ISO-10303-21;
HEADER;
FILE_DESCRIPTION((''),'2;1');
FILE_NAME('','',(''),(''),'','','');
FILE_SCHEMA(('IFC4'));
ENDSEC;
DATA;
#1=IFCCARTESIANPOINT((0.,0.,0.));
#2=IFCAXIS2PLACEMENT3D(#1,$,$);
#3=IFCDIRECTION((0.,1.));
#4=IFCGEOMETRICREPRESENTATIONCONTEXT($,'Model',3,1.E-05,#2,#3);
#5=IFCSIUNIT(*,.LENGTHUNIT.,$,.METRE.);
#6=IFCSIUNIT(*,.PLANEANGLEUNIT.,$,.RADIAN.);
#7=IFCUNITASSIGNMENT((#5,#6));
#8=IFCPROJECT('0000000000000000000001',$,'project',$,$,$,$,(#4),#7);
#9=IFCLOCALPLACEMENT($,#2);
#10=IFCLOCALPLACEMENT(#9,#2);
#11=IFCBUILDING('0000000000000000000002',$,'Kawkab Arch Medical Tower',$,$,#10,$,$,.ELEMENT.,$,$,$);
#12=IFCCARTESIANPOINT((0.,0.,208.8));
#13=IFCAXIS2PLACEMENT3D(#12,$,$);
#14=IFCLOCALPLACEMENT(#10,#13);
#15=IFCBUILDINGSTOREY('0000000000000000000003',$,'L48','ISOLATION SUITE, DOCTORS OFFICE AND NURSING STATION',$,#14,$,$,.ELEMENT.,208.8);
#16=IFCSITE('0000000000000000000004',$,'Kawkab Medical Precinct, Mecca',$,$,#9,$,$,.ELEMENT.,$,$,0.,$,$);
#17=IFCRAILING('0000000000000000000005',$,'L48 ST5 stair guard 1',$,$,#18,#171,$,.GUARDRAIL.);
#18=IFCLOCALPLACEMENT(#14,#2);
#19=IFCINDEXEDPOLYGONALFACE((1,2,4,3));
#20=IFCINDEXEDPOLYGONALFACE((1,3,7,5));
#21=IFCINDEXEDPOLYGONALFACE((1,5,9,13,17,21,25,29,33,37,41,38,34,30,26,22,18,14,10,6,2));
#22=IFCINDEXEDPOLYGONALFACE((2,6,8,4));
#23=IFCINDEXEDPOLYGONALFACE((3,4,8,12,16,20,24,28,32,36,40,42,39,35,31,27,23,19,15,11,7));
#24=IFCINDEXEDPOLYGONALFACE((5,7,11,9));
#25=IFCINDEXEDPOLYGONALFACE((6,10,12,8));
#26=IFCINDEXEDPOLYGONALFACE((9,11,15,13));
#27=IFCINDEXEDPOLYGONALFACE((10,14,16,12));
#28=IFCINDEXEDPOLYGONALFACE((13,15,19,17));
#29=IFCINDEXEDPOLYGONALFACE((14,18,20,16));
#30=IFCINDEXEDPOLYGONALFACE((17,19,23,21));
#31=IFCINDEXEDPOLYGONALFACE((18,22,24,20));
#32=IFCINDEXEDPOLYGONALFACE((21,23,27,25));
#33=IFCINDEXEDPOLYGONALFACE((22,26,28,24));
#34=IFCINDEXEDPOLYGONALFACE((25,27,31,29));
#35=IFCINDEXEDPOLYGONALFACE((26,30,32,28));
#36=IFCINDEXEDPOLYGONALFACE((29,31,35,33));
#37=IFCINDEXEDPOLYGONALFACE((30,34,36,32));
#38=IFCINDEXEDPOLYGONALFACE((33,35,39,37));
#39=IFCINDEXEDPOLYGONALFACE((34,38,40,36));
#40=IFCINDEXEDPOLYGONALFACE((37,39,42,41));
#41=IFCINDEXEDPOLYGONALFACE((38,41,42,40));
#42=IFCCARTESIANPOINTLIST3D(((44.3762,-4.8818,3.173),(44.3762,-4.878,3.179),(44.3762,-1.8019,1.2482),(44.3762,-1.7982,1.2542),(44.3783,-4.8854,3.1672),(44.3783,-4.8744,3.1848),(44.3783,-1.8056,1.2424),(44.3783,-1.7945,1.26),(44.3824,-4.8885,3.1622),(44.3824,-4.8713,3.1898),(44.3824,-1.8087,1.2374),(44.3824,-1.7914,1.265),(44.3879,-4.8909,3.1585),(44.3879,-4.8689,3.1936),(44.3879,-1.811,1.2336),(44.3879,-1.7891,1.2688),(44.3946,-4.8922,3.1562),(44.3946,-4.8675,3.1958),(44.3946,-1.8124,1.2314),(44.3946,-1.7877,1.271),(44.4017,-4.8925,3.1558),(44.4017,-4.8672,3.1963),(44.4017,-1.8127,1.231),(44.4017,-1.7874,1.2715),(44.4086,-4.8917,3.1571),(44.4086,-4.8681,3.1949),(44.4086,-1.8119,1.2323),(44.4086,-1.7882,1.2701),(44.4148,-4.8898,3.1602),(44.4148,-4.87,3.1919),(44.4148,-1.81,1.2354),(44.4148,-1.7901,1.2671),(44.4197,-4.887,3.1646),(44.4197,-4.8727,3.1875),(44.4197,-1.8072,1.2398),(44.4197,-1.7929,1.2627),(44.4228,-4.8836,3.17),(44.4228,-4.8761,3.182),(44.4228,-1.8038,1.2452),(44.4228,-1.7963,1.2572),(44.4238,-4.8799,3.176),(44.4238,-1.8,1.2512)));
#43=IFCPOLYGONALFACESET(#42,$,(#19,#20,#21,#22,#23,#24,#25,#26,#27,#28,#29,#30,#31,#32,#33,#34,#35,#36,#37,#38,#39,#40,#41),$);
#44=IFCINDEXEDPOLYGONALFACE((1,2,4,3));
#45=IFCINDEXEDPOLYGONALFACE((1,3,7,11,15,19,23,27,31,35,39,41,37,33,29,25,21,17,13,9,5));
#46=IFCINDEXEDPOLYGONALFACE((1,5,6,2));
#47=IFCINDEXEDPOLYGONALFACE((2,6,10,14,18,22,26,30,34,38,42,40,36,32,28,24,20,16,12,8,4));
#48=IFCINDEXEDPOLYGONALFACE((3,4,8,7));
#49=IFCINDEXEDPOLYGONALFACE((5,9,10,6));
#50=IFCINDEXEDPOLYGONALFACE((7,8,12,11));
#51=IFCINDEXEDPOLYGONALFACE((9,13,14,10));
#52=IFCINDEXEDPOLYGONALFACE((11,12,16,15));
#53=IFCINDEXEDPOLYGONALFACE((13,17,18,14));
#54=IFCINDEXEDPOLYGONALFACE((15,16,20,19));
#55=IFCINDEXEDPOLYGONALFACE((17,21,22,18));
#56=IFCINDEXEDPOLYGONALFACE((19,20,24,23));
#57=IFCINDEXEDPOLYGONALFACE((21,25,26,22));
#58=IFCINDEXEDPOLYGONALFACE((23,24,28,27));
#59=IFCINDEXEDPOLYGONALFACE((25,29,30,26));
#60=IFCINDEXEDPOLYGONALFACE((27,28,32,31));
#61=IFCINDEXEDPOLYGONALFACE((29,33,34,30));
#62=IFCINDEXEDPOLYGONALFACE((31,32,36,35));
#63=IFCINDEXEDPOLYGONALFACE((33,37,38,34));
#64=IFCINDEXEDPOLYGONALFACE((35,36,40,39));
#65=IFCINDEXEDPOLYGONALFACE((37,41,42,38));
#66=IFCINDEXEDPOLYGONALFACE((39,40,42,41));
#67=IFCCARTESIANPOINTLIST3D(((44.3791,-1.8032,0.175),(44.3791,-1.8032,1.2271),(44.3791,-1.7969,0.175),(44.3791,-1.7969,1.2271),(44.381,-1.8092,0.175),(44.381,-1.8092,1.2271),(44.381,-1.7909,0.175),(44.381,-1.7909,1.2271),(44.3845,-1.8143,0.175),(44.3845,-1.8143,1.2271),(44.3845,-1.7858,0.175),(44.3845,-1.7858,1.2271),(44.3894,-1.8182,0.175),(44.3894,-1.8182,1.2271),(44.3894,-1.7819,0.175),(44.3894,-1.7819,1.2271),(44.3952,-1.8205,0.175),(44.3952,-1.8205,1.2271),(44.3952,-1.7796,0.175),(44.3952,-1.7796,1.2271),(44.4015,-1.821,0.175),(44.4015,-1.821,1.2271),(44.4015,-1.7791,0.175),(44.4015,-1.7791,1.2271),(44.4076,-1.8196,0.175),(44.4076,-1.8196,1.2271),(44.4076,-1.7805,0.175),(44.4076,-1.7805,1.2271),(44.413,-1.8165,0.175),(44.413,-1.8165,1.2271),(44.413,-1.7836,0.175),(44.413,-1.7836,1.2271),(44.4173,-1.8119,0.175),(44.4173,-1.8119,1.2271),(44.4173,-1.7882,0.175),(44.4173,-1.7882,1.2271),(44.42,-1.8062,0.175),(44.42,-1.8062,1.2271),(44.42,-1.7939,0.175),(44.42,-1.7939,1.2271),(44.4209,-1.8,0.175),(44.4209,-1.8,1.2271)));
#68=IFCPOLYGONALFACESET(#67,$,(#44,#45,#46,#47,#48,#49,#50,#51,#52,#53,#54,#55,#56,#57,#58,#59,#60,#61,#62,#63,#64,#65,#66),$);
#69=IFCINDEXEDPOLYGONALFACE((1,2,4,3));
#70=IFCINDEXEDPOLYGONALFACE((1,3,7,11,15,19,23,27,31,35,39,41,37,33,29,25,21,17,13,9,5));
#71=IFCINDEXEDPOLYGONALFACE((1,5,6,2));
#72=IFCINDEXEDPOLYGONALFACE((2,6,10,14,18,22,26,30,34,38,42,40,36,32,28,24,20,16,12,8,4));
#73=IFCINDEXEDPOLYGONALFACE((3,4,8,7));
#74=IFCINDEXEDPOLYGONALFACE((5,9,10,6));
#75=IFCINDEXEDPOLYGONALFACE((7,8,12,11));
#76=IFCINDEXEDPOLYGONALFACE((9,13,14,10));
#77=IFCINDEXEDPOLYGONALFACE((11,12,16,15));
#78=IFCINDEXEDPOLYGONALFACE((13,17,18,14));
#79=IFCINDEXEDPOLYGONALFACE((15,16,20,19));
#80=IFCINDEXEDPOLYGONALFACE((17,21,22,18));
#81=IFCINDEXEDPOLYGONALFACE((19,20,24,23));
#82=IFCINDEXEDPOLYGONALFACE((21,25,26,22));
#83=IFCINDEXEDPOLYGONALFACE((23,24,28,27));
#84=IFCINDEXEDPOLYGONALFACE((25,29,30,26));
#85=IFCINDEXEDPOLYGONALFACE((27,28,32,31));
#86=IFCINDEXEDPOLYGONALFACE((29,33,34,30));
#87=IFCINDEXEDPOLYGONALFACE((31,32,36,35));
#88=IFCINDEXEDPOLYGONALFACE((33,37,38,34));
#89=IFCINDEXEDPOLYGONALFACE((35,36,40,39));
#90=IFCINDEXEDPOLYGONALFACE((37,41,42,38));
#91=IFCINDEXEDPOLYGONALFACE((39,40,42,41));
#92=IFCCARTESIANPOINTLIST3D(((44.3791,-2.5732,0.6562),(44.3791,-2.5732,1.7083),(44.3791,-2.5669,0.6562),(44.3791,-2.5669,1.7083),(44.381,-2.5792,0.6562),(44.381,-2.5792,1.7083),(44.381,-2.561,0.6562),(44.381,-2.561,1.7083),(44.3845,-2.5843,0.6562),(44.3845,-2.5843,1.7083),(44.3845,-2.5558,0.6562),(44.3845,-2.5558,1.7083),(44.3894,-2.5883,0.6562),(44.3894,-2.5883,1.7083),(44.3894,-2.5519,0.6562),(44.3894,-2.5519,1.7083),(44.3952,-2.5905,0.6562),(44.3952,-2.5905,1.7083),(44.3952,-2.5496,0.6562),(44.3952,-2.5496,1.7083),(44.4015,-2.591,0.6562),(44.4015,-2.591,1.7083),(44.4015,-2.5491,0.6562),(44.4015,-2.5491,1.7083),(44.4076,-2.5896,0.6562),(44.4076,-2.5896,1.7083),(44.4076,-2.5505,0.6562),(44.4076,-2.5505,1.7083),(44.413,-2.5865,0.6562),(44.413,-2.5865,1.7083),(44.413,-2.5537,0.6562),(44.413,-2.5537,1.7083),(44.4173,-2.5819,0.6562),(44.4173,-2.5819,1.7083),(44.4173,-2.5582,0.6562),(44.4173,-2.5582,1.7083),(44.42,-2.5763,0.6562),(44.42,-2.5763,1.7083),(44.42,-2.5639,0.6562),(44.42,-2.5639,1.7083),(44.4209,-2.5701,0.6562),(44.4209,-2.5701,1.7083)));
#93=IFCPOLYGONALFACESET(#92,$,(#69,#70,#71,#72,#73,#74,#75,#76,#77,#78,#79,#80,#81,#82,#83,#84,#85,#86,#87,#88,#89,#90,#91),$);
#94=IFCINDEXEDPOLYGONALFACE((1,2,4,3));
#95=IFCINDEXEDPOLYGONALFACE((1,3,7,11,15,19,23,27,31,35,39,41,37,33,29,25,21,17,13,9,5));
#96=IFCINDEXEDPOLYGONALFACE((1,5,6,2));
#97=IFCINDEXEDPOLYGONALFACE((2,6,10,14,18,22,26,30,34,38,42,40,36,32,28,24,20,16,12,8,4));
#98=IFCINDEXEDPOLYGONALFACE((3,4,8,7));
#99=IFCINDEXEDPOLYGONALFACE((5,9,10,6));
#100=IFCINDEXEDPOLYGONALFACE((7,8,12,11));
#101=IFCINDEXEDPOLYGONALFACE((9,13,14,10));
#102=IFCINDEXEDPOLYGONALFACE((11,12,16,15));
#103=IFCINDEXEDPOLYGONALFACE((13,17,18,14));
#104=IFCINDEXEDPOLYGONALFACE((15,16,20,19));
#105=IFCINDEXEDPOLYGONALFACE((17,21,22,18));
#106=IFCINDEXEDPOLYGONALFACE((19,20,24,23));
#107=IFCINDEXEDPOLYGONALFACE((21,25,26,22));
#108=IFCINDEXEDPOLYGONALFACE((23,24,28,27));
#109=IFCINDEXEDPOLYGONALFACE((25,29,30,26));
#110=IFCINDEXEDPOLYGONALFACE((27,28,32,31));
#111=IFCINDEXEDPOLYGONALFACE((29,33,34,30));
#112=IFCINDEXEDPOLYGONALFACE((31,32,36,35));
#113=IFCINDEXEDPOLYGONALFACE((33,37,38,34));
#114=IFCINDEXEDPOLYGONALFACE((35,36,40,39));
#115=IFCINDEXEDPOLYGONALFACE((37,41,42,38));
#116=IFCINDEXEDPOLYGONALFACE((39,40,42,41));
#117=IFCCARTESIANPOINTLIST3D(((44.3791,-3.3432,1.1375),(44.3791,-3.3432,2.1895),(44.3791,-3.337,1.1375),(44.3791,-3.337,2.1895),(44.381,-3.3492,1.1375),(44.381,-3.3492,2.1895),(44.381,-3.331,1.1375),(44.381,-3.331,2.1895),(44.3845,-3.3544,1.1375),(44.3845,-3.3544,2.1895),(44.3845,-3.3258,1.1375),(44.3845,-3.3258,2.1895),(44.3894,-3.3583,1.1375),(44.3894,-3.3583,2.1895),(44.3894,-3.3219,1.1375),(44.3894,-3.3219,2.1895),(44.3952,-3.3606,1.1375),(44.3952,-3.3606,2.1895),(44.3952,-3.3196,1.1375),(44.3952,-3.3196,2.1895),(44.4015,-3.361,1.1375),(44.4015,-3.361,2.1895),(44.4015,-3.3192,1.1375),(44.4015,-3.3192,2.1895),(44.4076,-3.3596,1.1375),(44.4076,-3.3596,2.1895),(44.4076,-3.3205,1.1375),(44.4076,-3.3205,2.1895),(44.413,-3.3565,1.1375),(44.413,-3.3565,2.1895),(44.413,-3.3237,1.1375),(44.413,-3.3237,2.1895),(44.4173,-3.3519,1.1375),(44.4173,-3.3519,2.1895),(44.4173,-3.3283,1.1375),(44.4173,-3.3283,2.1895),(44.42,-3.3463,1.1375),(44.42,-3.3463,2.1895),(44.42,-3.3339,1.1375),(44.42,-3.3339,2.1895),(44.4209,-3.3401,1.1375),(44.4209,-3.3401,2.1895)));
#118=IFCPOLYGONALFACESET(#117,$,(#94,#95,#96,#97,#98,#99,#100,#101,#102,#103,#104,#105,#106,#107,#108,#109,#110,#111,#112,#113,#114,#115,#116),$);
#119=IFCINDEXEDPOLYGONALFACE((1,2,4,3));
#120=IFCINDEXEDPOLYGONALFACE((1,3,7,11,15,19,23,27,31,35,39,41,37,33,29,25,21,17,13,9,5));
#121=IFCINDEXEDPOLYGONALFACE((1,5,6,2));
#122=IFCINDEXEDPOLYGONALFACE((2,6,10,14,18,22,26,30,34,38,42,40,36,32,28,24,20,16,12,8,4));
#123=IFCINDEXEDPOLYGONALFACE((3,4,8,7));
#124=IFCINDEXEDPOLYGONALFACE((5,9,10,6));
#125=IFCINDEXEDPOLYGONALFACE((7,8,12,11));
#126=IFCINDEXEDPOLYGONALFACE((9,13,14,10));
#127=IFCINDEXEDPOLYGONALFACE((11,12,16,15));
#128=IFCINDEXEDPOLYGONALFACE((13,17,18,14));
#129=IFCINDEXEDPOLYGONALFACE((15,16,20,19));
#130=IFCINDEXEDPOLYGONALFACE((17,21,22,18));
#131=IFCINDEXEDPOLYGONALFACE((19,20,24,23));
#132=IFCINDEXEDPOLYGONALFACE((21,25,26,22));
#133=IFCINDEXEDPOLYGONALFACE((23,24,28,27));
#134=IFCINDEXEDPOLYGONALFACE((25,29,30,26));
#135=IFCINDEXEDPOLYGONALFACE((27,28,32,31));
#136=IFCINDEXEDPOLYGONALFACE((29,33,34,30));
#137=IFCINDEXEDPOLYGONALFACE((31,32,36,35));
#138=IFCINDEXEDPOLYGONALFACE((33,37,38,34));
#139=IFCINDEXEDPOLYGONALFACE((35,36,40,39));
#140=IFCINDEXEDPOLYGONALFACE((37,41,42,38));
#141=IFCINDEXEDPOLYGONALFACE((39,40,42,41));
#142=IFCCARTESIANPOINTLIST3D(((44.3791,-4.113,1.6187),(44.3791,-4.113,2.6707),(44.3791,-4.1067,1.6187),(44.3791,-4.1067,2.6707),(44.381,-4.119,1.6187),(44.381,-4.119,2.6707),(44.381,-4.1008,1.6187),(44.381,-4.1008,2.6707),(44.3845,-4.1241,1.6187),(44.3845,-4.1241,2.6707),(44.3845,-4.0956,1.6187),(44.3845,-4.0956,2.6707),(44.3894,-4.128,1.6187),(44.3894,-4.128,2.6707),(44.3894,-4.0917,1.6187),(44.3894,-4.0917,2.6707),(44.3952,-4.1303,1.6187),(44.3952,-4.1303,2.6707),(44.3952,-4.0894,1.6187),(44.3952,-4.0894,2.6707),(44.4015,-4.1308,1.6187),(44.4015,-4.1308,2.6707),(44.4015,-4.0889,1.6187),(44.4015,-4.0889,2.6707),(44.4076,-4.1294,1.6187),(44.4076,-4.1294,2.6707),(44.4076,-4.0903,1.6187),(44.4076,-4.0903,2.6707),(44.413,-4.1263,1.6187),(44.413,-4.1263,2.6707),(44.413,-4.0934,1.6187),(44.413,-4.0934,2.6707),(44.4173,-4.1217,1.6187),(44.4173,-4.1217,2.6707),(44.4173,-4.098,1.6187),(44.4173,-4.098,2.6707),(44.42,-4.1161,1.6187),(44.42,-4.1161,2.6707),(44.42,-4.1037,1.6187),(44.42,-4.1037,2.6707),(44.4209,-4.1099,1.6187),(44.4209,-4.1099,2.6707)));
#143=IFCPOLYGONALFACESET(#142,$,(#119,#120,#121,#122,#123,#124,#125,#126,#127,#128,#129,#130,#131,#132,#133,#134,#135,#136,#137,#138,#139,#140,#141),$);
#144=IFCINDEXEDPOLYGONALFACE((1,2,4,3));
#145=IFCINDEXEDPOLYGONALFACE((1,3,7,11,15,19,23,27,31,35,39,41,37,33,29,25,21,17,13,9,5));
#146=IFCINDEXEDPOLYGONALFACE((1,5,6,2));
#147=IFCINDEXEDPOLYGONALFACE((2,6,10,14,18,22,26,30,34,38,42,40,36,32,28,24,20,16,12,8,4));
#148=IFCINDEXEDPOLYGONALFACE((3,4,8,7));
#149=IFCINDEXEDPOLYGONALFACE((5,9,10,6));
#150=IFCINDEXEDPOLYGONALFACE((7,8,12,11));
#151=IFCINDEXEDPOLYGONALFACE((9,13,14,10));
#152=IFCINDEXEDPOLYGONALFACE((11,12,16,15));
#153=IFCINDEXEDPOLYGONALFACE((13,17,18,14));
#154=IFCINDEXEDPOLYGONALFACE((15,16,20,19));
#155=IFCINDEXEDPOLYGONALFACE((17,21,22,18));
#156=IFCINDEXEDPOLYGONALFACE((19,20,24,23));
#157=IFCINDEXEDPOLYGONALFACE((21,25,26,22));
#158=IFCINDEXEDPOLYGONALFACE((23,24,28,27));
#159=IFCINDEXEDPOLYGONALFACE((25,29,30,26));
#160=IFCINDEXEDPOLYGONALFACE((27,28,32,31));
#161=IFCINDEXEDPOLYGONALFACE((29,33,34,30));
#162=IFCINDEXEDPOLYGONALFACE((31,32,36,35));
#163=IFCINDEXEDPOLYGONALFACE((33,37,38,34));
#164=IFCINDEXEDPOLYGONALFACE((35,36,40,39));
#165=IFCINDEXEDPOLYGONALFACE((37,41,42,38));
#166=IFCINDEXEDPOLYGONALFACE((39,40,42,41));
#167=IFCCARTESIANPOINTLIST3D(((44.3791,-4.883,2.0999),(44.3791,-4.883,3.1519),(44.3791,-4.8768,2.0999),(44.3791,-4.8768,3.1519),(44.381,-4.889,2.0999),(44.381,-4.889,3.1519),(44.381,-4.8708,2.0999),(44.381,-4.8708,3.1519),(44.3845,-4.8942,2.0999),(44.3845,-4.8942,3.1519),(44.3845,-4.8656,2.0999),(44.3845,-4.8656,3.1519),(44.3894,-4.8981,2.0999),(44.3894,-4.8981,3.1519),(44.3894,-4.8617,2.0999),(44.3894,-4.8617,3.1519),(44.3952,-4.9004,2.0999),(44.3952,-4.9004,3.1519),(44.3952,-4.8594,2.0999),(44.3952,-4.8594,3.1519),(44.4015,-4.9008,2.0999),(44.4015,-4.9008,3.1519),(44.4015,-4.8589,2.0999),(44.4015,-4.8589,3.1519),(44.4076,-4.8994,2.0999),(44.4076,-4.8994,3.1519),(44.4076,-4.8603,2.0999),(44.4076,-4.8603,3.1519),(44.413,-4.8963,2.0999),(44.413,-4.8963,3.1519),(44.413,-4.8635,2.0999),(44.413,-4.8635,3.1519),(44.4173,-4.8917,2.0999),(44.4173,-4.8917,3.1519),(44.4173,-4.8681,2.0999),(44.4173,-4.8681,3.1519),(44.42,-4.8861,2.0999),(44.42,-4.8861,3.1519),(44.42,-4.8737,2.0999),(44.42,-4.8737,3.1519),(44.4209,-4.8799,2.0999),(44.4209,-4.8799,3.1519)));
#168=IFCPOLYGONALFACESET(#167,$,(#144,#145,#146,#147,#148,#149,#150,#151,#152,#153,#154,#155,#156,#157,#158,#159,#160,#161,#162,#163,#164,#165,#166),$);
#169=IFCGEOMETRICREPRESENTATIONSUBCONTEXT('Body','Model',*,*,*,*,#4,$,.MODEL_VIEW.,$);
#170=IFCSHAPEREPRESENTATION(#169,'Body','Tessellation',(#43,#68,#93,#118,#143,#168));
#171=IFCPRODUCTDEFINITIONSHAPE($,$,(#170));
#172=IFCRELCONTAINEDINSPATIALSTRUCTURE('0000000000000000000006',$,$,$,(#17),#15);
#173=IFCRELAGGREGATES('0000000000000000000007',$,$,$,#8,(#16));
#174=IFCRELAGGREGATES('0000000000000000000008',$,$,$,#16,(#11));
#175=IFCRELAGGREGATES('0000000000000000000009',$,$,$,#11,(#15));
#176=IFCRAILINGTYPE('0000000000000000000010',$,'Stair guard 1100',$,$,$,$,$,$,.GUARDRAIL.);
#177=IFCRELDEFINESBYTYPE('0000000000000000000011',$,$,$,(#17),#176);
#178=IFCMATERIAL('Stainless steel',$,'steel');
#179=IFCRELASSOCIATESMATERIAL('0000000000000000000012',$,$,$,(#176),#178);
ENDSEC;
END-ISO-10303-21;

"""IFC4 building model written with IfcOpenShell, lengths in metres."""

from ifc_helpers import new_model, si_unit, direction, frame, origin, origin_2d, place, context, subcontext, project, spatial, circle, extrude, material, type_object, element, save


model = new_model("IFC4")

# Units and contexts
model_context = context("Model", 3, precision=1e-05, world=origin(), true_north=direction((0.0, 1.0)))
body_context = subcontext(model_context, "Body", "Model", "MODEL_VIEW")
ifc_project = project(units=[si_unit("LENGTHUNIT", "METRE"), si_unit("PLANEANGLEUNIT", "RADIAN")], contexts=[model_context])

# Site, building, storey
site_placement = place(None, origin())
site = spatial("IfcSite", under=ifc_project, at=site_placement, Name="Kawkab Medical Precinct, Mecca", CompositionType="ELEMENT", RefElevation=0.0)
building_placement = place(site_placement, origin())
building = spatial("IfcBuilding", under=site, at=building_placement, Name="Kawkab Arch Medical Tower", CompositionType="ELEMENT")
storey_placement = place(building_placement, frame((0.0, 0.0, 208.8)))
storey = spatial("IfcBuildingStorey", under=building, at=storey_placement, Name="L48", Description="ISOLATION SUITE, DOCTORS OFFICE AND NURSING STATION", CompositionType="ELEMENT", Elevation=208.8)

# Railing
ifc_material_1 = material(Name="Stainless steel", Category="steel")
railing_type = type_object("IfcRailingType", Name="Stair guard 1100", PredefinedType="GUARDRAIL", material=ifc_material_1)
railing_1_placement = place(storey_placement, frame((44.3999, -1.8, 0.175)))
element("IfcRailing", 1, at=railing_1_placement, inside=storey, type_object=railing_type, Name="L48 ST5 stair guard 1", PredefinedType="GUARDRAIL", context=body_context, shape_type="SweptSolid", body=[
    extrude(circle(Radius=0.0239, at=origin_2d()), frame((0.0, 0.0, 1.0762), z_axis=(0.0, -0.84801, 0.529981), x_axis=(1.0, 0.0, 0.0)), (0.0, 0.0, 1.0), 3.6318),
    extrude(circle(Radius=0.021, at=origin_2d()), origin(), (0.0, 0.0, 1.0), 1.052),
    extrude(circle(Radius=0.021, at=origin_2d()), frame((0.0, -0.77, 0.4812)), (0.0, 0.0, 1.0), 1.052),
    extrude(circle(Radius=0.021, at=origin_2d()), frame((0.0, -1.54, 0.9624)), (0.0, 0.0, 1.0), 1.052),
    extrude(circle(Radius=0.021, at=origin_2d()), frame((0.0, -2.3098, 1.4436)), (0.0, 0.0, 1.0), 1.052),
    extrude(circle(Radius=0.021, at=origin_2d()), frame((0.0, -3.0798, 1.9248)), (0.0, 0.0, 1.0), 1.052),
])

save(model, "model.ifc")
